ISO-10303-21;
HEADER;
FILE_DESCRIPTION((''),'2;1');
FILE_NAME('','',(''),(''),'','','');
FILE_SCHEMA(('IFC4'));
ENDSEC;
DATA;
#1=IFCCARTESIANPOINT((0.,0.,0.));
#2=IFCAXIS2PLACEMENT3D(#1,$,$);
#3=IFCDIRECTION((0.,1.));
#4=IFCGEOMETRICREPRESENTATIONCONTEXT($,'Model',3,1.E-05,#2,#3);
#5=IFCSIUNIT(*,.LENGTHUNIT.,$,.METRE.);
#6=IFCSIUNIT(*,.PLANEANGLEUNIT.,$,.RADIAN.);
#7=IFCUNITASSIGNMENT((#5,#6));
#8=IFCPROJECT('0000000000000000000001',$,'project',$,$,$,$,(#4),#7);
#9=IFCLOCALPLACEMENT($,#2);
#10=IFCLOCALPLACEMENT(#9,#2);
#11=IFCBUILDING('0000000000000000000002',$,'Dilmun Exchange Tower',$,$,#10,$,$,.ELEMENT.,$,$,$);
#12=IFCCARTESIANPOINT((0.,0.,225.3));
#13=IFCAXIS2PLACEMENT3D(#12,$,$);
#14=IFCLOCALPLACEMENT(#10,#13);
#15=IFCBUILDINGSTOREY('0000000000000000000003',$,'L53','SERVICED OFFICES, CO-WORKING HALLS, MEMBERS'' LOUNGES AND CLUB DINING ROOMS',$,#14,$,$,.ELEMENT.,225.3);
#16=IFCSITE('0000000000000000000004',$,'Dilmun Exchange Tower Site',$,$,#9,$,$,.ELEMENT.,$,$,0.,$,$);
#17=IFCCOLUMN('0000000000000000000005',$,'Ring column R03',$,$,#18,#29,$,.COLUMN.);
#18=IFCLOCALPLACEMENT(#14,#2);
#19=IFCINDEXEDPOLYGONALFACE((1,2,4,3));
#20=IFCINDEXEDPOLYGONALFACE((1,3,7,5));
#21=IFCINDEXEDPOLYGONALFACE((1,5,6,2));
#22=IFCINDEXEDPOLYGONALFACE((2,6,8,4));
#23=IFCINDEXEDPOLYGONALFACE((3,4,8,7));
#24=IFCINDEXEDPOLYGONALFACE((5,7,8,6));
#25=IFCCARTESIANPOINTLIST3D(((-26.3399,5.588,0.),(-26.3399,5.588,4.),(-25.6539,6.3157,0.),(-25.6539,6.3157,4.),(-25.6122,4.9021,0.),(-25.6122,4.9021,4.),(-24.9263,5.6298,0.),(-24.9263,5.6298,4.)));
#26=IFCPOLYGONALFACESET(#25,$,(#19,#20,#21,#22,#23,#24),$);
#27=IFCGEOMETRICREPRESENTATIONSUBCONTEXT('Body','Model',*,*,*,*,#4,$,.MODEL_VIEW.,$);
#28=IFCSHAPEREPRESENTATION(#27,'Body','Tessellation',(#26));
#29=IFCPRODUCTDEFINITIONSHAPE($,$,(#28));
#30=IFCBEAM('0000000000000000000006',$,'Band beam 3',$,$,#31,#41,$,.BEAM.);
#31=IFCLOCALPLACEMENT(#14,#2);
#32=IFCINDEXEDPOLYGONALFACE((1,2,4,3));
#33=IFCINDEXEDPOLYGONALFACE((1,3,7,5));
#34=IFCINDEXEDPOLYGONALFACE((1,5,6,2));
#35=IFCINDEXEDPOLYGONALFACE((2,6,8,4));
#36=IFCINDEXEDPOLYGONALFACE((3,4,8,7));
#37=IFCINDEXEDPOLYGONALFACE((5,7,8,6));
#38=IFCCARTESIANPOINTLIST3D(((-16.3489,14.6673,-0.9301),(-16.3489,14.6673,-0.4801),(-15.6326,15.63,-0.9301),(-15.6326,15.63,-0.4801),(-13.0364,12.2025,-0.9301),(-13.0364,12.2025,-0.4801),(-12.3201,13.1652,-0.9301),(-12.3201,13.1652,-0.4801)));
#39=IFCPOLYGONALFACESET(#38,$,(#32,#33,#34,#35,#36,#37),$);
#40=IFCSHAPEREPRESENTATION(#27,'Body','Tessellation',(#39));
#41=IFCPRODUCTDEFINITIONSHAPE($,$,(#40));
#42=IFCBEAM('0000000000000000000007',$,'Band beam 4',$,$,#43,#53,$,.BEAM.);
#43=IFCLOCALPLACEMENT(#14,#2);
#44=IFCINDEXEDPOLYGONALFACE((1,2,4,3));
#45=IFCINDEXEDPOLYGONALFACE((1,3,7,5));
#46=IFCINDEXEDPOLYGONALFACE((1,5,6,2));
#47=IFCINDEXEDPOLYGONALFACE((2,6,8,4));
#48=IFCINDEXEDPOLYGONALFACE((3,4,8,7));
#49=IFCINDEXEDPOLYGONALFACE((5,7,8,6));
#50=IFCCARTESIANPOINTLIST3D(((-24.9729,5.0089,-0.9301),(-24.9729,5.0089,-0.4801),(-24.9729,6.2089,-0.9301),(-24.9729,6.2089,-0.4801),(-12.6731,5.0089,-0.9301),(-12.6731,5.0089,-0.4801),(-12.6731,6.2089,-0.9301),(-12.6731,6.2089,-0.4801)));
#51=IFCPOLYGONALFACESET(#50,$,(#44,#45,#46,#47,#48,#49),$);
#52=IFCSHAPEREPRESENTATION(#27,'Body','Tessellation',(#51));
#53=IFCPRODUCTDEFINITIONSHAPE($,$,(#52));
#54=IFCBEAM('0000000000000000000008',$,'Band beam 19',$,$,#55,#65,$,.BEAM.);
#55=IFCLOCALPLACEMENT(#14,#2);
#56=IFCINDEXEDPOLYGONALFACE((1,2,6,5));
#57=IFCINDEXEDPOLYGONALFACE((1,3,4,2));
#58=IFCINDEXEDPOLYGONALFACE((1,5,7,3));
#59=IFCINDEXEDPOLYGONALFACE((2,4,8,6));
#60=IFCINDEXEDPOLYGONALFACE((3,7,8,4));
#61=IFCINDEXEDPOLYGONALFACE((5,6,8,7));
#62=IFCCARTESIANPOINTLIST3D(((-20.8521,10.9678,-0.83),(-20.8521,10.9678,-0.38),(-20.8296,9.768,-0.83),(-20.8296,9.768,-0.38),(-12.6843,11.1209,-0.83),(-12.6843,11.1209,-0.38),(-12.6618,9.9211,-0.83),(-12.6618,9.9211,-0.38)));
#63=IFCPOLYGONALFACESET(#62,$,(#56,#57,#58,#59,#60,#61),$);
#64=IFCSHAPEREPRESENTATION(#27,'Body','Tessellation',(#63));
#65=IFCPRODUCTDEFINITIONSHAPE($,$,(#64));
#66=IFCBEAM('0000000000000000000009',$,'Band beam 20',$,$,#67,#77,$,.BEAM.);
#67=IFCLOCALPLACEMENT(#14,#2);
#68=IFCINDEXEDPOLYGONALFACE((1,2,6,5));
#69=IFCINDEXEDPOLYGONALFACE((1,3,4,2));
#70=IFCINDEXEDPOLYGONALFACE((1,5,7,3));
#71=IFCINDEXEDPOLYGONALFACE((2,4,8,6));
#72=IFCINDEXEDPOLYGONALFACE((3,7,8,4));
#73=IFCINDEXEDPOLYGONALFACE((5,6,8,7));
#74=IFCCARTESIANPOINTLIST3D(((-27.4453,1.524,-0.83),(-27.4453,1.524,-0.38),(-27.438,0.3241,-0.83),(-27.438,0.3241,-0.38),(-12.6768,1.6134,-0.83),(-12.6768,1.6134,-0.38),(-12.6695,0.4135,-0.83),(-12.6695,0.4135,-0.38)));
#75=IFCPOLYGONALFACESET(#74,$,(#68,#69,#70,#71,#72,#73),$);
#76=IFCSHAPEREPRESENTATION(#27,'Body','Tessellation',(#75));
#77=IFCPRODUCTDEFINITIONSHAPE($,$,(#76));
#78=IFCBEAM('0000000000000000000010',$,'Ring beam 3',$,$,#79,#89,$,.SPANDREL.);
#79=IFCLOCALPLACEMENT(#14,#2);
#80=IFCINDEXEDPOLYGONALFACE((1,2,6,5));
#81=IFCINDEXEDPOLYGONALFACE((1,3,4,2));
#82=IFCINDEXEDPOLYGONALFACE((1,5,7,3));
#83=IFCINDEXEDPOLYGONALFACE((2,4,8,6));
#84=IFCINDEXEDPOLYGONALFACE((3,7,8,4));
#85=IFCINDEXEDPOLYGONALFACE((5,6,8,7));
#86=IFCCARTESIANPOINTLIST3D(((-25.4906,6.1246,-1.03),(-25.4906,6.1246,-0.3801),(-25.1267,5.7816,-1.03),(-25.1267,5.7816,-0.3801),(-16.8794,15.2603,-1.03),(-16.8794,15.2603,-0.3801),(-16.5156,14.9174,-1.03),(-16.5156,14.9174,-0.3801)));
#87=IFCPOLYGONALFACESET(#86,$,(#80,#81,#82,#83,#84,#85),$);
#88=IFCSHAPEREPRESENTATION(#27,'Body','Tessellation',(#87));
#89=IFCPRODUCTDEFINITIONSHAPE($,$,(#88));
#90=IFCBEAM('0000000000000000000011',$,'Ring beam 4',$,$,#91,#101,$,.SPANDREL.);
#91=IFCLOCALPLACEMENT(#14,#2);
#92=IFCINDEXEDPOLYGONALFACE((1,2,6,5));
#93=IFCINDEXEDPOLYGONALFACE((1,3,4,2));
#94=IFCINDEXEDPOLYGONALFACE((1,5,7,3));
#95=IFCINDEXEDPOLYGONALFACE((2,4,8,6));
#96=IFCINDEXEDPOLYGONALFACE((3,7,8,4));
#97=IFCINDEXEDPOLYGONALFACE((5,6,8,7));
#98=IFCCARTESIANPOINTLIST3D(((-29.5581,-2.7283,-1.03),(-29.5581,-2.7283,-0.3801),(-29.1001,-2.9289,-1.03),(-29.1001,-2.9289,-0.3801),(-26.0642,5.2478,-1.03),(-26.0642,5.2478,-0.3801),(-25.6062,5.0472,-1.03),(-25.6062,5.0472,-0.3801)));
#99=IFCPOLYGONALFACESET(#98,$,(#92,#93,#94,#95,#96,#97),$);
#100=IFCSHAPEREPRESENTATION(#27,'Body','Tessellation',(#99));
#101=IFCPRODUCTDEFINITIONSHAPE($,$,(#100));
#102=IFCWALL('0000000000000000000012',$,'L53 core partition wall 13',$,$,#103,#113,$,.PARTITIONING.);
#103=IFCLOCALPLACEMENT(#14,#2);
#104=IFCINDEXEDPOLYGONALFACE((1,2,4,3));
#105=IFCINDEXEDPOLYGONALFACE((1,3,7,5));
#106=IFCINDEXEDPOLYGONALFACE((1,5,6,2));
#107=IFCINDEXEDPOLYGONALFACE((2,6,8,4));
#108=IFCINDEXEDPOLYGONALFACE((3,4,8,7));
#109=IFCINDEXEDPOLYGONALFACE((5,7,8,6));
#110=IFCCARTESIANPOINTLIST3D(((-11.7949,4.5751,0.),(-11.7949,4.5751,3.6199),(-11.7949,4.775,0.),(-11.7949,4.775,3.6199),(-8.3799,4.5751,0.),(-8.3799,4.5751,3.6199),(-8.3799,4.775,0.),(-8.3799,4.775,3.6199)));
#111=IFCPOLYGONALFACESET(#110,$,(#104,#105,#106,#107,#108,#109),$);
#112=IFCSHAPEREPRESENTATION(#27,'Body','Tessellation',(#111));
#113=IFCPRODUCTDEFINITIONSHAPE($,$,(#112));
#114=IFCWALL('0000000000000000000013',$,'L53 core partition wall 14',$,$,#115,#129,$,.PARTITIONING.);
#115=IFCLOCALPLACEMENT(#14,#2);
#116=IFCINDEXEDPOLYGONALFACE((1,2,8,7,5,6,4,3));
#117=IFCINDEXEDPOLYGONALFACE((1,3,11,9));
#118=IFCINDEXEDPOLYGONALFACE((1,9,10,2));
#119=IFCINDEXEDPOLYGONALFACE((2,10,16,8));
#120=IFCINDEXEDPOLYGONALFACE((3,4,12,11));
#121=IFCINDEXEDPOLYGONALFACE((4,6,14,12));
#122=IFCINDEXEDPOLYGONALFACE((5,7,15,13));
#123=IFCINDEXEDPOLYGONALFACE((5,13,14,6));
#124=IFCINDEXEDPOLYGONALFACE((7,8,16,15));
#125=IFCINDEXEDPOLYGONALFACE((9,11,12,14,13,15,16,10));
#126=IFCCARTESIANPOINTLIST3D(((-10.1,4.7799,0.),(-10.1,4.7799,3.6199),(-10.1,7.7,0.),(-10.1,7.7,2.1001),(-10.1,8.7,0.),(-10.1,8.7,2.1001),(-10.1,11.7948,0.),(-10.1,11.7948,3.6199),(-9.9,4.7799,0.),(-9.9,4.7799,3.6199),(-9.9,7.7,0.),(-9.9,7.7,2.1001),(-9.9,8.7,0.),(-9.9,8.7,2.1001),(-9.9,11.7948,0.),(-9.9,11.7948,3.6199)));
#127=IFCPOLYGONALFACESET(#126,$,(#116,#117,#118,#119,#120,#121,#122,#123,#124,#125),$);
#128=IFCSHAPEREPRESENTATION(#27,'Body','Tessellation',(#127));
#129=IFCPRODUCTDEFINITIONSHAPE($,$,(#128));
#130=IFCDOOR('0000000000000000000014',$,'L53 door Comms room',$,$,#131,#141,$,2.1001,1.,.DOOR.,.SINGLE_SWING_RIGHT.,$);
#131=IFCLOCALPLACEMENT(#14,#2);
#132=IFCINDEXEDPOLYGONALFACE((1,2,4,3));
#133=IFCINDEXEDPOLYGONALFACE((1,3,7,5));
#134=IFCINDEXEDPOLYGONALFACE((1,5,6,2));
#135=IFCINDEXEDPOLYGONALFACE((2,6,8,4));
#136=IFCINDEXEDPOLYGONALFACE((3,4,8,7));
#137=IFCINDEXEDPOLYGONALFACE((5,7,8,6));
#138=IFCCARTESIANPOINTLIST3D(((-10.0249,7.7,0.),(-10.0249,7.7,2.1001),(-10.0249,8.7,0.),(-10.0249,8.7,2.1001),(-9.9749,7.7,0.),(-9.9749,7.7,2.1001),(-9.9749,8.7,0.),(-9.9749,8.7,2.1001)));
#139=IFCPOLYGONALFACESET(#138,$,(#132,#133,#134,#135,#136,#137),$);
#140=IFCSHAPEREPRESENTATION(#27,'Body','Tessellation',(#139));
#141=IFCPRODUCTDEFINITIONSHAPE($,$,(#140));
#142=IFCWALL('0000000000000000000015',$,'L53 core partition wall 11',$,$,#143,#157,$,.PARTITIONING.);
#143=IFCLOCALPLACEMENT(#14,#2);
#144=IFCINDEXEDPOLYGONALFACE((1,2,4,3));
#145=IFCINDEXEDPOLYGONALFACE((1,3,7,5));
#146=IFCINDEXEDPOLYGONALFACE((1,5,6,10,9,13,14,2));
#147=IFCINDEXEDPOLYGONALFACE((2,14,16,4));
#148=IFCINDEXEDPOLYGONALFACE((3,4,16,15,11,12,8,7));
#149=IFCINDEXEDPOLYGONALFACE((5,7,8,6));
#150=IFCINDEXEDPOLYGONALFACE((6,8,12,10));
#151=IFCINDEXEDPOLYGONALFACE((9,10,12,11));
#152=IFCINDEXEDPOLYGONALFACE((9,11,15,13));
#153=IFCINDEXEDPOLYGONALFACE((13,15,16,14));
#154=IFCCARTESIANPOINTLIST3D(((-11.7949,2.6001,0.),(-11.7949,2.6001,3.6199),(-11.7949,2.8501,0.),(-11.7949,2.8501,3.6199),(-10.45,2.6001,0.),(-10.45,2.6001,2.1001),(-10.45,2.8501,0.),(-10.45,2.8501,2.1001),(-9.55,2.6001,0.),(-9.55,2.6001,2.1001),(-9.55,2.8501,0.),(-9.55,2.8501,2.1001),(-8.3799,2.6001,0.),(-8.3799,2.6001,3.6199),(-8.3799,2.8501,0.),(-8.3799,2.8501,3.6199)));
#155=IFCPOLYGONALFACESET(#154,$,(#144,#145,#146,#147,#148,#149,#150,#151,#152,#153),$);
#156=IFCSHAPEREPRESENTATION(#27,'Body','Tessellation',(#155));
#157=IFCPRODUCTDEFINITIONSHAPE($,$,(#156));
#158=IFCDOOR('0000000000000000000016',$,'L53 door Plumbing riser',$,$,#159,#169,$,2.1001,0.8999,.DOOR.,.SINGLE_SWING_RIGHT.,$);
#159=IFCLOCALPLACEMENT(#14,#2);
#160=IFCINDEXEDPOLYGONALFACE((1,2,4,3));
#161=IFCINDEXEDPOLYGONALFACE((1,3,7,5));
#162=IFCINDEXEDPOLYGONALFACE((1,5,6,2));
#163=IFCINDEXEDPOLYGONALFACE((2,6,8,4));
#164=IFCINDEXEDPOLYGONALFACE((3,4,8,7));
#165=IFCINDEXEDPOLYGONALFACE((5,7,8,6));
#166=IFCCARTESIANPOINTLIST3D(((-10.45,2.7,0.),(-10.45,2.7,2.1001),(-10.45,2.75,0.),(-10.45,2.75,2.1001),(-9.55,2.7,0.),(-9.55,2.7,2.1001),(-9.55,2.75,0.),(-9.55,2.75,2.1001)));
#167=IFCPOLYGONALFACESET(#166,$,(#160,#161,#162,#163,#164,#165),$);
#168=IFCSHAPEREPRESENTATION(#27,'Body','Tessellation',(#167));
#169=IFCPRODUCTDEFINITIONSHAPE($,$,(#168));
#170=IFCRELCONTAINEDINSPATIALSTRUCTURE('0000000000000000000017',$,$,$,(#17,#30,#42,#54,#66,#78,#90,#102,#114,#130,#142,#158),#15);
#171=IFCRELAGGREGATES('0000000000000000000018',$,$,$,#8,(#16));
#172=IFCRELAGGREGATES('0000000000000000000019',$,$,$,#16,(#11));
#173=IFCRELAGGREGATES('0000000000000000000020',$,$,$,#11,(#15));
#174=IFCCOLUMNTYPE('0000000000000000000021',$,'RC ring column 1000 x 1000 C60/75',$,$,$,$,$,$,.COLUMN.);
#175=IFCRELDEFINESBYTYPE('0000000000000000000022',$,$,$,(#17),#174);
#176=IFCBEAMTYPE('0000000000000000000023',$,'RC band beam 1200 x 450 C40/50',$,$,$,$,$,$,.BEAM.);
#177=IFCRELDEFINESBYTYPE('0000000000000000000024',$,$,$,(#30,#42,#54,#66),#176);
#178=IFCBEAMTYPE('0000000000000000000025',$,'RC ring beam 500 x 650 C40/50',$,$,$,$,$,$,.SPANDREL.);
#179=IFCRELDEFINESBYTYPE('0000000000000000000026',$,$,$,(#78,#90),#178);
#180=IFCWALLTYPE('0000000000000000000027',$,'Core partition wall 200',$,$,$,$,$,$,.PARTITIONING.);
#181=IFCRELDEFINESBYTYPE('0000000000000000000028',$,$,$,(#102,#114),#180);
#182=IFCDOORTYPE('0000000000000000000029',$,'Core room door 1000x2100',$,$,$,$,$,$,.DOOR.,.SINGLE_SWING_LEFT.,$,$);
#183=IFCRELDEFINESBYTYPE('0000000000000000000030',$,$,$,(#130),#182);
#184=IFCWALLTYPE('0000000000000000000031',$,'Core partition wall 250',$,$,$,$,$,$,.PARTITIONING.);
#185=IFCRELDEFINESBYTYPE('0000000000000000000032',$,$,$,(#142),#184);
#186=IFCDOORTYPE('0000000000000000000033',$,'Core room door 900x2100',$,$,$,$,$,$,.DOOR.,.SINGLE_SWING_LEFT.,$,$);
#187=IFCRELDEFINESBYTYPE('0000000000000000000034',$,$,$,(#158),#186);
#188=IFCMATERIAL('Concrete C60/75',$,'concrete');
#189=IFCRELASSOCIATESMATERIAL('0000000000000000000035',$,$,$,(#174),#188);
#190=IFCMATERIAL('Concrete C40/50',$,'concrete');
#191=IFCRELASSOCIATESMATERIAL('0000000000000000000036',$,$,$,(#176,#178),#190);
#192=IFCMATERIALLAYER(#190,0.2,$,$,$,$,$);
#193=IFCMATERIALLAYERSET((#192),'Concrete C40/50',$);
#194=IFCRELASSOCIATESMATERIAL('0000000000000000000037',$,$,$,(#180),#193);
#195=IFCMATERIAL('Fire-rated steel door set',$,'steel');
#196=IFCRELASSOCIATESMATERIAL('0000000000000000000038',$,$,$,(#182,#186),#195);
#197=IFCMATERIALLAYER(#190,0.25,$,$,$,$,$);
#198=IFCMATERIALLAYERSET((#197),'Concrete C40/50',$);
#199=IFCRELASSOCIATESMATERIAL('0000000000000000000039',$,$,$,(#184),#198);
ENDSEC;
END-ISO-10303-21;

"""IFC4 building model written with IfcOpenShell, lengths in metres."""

from ifc_helpers import new_model, si_unit, direction, frame, frame_2d, origin, origin_2d, place, context, subcontext, project, spatial, rectangle, extrude, material, layer, layer_set, material_profile, profile_set, type_object, element, fill, save


model = new_model("IFC4")

# Units and contexts
model_context = context("Model", 3, precision=1e-05, world=origin(), true_north=direction((0.0, 1.0)))
body_context = subcontext(model_context, "Body", "Model", "MODEL_VIEW")
ifc_project = project(units=[si_unit("LENGTHUNIT", "METRE"), si_unit("PLANEANGLEUNIT", "RADIAN")], contexts=[model_context])

# Site, building, storey
site_placement = place(None, origin())
site = spatial("IfcSite", under=ifc_project, at=site_placement, Name="Dilmun Exchange Tower Site", CompositionType="ELEMENT", RefElevation=0.0)
building_placement = place(site_placement, origin())
building = spatial("IfcBuilding", under=site, at=building_placement, Name="Dilmun Exchange Tower", CompositionType="ELEMENT")
storey_placement = place(building_placement, frame((0.0, 0.0, 225.3)))
storey = spatial("IfcBuildingStorey", under=building, at=storey_placement, Name="L53", Description="SERVICED OFFICES, CO-WORKING HALLS, MEMBERS' LOUNGES AND CLUB DINING ROOMS", CompositionType="ELEMENT", Elevation=225.3)

# Column
ifc_material_1 = material(Name="Concrete C60/75", Category="concrete")
ifc_material_profile_1 = material_profile(ifc_material_1, rectangle(XDim=1.0, YDim=1.0, at=origin_2d()), Name="1000 x 1000")
ifc_profile_set_1 = profile_set([ifc_material_profile_1], Name="Concrete C60/75")
column_type = type_object("IfcColumnType", Name="RC ring column 1000 x 1000 C60/75", PredefinedType="COLUMN", material=ifc_profile_set_1)
column_placement = place(storey_placement, frame((-25.6331, 5.6089, 0.0), z_axis=(0.0, 0.0, 1.0), x_axis=(0.685916, 0.727681, 0.0)))
element("IfcColumn", 1, at=column_placement, inside=storey, type_object=column_type, Name="Ring column R03", PredefinedType="COLUMN", context=body_context, shape_type="SweptSolid", body=[
    extrude(rectangle(XDim=1.0, YDim=1.0, at=origin_2d()), origin(), (0.0, 0.0, 1.0), 4.0),
])

# Beams
ifc_material_2 = material(Name="Concrete C40/50", Category="concrete")
ifc_material_profile_2 = material_profile(ifc_material_2, rectangle(XDim=1.2, YDim=0.45, at=origin_2d()), Name="1200 x 450")
ifc_profile_set_2 = profile_set([ifc_material_profile_2], Name="Concrete C40/50")
beam_type_1 = type_object("IfcBeamType", Name="RC band beam 1200 x 450 C40/50", PredefinedType="BEAM", material=ifc_profile_set_2)
beam_1_placement = place(storey_placement, frame((-15.9907, 15.1487, -0.7051), z_axis=(0.802265, -0.596968, 0.0), x_axis=(0.596968, 0.802265, 0.0)))
element("IfcBeam", 2, at=beam_1_placement, inside=storey, type_object=beam_type_1, Name="Band beam 3", PredefinedType="BEAM", context=body_context, shape_type="SweptSolid", body=[
    extrude(rectangle(XDim=1.2, YDim=0.45, at=origin_2d()), origin(), (0.0, 0.0, 1.0), 4.1289),
])
beam_2_placement = place(storey_placement, frame((-24.9729, 5.6089, -0.7051), z_axis=(1.0, 0.0, 0.0), x_axis=(0.0, 1.0, 0.0)))
element("IfcBeam", 3, at=beam_2_placement, inside=storey, type_object=beam_type_1, Name="Band beam 4", PredefinedType="BEAM", context=body_context, shape_type="SweptSolid", body=[
    extrude(rectangle(XDim=1.2, YDim=0.45, at=origin_2d()), origin(), (0.0, 0.0, 1.0), 12.2998),
])
beam_3_placement = place(storey_placement, frame((-20.8408, 10.3679, -0.605), z_axis=(0.999824, 0.018738, 0.0), x_axis=(-0.018738, 0.999824, 0.0)))
element("IfcBeam", 4, at=beam_3_placement, inside=storey, type_object=beam_type_1, Name="Band beam 19", PredefinedType="BEAM", context=body_context, shape_type="SweptSolid", body=[
    extrude(rectangle(XDim=1.2, YDim=0.45, at=origin_2d()), origin(), (0.0, 0.0, 1.0), 8.1692),
])
beam_4_placement = place(storey_placement, frame((-27.4417, 0.9241, -0.605), z_axis=(0.999982, 0.00605, 0.0), x_axis=(-0.00605, 0.999982, 0.0)))
element("IfcBeam", 5, at=beam_4_placement, inside=storey, type_object=beam_type_1, Name="Band beam 20", PredefinedType="BEAM", context=body_context, shape_type="SweptSolid", body=[
    extrude(rectangle(XDim=1.2, YDim=0.45, at=origin_2d()), origin(), (0.0, 0.0, 1.0), 14.7688),
])
ifc_material_profile_3 = material_profile(ifc_material_2, rectangle(XDim=0.5, YDim=0.6499, at=origin_2d()), Name="500 x 650")
ifc_profile_set_3 = profile_set([ifc_material_profile_3], Name="Concrete C40/50")
beam_type_2 = type_object("IfcBeamType", Name="RC ring beam 500 x 650 C40/50", PredefinedType="SPANDREL", material=ifc_profile_set_3)
beam_5_placement = place(storey_placement, frame((-16.6975, 15.0889, -0.7051), z_axis=(-0.685903, -0.727693, 0.0), x_axis=(0.727693, -0.685903, 0.0)))
element("IfcBeam", 6, at=beam_5_placement, inside=storey, type_object=beam_type_2, Name="Ring beam 3", PredefinedType="SPANDREL", context=body_context, shape_type="SweptSolid", body=[
    extrude(rectangle(XDim=0.5, YDim=0.6499, at=origin_2d()), origin(), (0.0, 0.0, 1.0), 12.5544),
])
beam_6_placement = place(storey_placement, frame((-25.8352, 5.1475, -0.7051), z_axis=(-0.401239, -0.915973, 0.0), x_axis=(0.915973, -0.401239, 0.0)))
element("IfcBeam", 7, at=beam_6_placement, inside=storey, type_object=beam_type_2, Name="Ring beam 4", PredefinedType="SPANDREL", context=body_context, shape_type="SweptSolid", body=[
    extrude(rectangle(XDim=0.5, YDim=0.6499, at=origin_2d()), origin(), (0.0, 0.0, 1.0), 8.7078),
])

# Wall
ifc_layer_1 = layer(ifc_material_2, 0.2)
ifc_layer_set_1 = layer_set([ifc_layer_1], Name="Concrete C40/50")
wall_type_1 = type_object("IfcWallType", Name="Core partition wall 200", PredefinedType="PARTITIONING", material=ifc_layer_set_1)
wall_1_placement = place(storey_placement, frame((-11.7949, 4.675, 0.0), z_axis=(0.0, 0.0, 1.0), x_axis=(1.0, 0.0, 0.0)))
element("IfcWall", 8, at=wall_1_placement, inside=storey, type_object=wall_type_1, Name="L53 core partition wall 13", PredefinedType="PARTITIONING", context=body_context, shape_type="SweptSolid", body=[
    extrude(rectangle(XDim=3.415, YDim=0.2, at=frame_2d((1.7075, 0.0))), origin(), (0.0, 0.0, 1.0), 3.6199),
])

# Walls, openings, doors
wall_2_placement = place(storey_placement, frame((-10.0, 4.78, 0.0), z_axis=(0.0, 0.0, 1.0), x_axis=(0.0, 1.0, 0.0)))
wall_2 = element("IfcWall", 9, at=wall_2_placement, inside=storey, type_object=wall_type_1, Name="L53 core partition wall 14", PredefinedType="PARTITIONING", context=body_context, shape_type="SweptSolid", body=[
    extrude(rectangle(XDim=7.0149, YDim=0.2, at=frame_2d((3.5073, 0.0))), origin(), (0.0, 0.0, 1.0), 3.6199),
])
opening_1_placement = place(wall_2_placement, frame((2.9199, 0.0, 0.0)))
opening_1 = element("IfcOpeningElement", 10, at=opening_1_placement, cuts=wall_2, PredefinedType="OPENING", context=body_context, shape_type="SweptSolid", body=[
    extrude(rectangle(XDim=1.0, YDim=2.1001, at=frame_2d((0.5, 1.05))), frame((0.0, 0.1099, 0.0), z_axis=(0.0, -1.0, 0.0), x_axis=(1.0, 0.0, 0.0)), (0.0, 0.0, 1.0), 0.22),
])
ifc_material_3 = material(Name="Fire-rated steel door set", Category="steel")
door_type_1 = type_object("IfcDoorType", Name="Core room door 1000x2100", OperationType="SINGLE_SWING_LEFT", PredefinedType="DOOR", material=ifc_material_3)
door_1_placement = place(opening_1_placement, origin())
door_1 = element("IfcDoor", 11, at=door_1_placement, inside=storey, type_object=door_type_1, Name="L53 door Comms room", OperationType="SINGLE_SWING_RIGHT", OverallHeight=2.1001, OverallWidth=1.0, PredefinedType="DOOR", context=body_context, shape_type="SweptSolid", body=[
    extrude(rectangle(XDim=1.0, YDim=2.1001, at=frame_2d((0.5, 1.05))), frame((0.0, 0.0249, 0.0), z_axis=(0.0, -1.0, 0.0), x_axis=(1.0, 0.0, 0.0)), (0.0, 0.0, 1.0), 0.05),
])
fill(opening_1, door_1)
ifc_layer_2 = layer(ifc_material_2, 0.25)
ifc_layer_set_2 = layer_set([ifc_layer_2], Name="Concrete C40/50")
wall_type_2 = type_object("IfcWallType", Name="Core partition wall 250", PredefinedType="PARTITIONING", material=ifc_layer_set_2)
wall_3_placement = place(storey_placement, frame((-11.7949, 2.7251, 0.0), z_axis=(0.0, 0.0, 1.0), x_axis=(1.0, 0.0, 0.0)))
wall_3 = element("IfcWall", 12, at=wall_3_placement, inside=storey, type_object=wall_type_2, Name="L53 core partition wall 11", PredefinedType="PARTITIONING", context=body_context, shape_type="SweptSolid", body=[
    extrude(rectangle(XDim=3.415, YDim=0.25, at=frame_2d((1.7075, 0.0))), origin(), (0.0, 0.0, 1.0), 3.6199),
])
opening_2_placement = place(wall_3_placement, frame((1.345, 0.0, 0.0)))
opening_2 = element("IfcOpeningElement", 13, at=opening_2_placement, cuts=wall_3, PredefinedType="OPENING", context=body_context, shape_type="SweptSolid", body=[
    extrude(rectangle(XDim=0.8999, YDim=2.1001, at=frame_2d((0.45, 1.05))), frame((0.0, 0.135, 0.0), z_axis=(0.0, -1.0, 0.0), x_axis=(1.0, 0.0, 0.0)), (0.0, 0.0, 1.0), 0.27),
])
door_type_2 = type_object("IfcDoorType", Name="Core room door 900x2100", OperationType="SINGLE_SWING_LEFT", PredefinedType="DOOR", material=ifc_material_3)
door_2_placement = place(opening_2_placement, origin())
door_2 = element("IfcDoor", 14, at=door_2_placement, inside=storey, type_object=door_type_2, Name="L53 door Plumbing riser", OperationType="SINGLE_SWING_RIGHT", OverallHeight=2.1001, OverallWidth=0.8999, PredefinedType="DOOR", context=body_context, shape_type="SweptSolid", body=[
    extrude(rectangle(XDim=0.8999, YDim=2.1001, at=frame_2d((0.45, 1.05))), frame((0.0, 0.0249, 0.0), z_axis=(0.0, -1.0, 0.0), x_axis=(1.0, 0.0, 0.0)), (0.0, 0.0, 1.0), 0.05),
])
fill(opening_2, door_2)

save(model, "model.ifc")
